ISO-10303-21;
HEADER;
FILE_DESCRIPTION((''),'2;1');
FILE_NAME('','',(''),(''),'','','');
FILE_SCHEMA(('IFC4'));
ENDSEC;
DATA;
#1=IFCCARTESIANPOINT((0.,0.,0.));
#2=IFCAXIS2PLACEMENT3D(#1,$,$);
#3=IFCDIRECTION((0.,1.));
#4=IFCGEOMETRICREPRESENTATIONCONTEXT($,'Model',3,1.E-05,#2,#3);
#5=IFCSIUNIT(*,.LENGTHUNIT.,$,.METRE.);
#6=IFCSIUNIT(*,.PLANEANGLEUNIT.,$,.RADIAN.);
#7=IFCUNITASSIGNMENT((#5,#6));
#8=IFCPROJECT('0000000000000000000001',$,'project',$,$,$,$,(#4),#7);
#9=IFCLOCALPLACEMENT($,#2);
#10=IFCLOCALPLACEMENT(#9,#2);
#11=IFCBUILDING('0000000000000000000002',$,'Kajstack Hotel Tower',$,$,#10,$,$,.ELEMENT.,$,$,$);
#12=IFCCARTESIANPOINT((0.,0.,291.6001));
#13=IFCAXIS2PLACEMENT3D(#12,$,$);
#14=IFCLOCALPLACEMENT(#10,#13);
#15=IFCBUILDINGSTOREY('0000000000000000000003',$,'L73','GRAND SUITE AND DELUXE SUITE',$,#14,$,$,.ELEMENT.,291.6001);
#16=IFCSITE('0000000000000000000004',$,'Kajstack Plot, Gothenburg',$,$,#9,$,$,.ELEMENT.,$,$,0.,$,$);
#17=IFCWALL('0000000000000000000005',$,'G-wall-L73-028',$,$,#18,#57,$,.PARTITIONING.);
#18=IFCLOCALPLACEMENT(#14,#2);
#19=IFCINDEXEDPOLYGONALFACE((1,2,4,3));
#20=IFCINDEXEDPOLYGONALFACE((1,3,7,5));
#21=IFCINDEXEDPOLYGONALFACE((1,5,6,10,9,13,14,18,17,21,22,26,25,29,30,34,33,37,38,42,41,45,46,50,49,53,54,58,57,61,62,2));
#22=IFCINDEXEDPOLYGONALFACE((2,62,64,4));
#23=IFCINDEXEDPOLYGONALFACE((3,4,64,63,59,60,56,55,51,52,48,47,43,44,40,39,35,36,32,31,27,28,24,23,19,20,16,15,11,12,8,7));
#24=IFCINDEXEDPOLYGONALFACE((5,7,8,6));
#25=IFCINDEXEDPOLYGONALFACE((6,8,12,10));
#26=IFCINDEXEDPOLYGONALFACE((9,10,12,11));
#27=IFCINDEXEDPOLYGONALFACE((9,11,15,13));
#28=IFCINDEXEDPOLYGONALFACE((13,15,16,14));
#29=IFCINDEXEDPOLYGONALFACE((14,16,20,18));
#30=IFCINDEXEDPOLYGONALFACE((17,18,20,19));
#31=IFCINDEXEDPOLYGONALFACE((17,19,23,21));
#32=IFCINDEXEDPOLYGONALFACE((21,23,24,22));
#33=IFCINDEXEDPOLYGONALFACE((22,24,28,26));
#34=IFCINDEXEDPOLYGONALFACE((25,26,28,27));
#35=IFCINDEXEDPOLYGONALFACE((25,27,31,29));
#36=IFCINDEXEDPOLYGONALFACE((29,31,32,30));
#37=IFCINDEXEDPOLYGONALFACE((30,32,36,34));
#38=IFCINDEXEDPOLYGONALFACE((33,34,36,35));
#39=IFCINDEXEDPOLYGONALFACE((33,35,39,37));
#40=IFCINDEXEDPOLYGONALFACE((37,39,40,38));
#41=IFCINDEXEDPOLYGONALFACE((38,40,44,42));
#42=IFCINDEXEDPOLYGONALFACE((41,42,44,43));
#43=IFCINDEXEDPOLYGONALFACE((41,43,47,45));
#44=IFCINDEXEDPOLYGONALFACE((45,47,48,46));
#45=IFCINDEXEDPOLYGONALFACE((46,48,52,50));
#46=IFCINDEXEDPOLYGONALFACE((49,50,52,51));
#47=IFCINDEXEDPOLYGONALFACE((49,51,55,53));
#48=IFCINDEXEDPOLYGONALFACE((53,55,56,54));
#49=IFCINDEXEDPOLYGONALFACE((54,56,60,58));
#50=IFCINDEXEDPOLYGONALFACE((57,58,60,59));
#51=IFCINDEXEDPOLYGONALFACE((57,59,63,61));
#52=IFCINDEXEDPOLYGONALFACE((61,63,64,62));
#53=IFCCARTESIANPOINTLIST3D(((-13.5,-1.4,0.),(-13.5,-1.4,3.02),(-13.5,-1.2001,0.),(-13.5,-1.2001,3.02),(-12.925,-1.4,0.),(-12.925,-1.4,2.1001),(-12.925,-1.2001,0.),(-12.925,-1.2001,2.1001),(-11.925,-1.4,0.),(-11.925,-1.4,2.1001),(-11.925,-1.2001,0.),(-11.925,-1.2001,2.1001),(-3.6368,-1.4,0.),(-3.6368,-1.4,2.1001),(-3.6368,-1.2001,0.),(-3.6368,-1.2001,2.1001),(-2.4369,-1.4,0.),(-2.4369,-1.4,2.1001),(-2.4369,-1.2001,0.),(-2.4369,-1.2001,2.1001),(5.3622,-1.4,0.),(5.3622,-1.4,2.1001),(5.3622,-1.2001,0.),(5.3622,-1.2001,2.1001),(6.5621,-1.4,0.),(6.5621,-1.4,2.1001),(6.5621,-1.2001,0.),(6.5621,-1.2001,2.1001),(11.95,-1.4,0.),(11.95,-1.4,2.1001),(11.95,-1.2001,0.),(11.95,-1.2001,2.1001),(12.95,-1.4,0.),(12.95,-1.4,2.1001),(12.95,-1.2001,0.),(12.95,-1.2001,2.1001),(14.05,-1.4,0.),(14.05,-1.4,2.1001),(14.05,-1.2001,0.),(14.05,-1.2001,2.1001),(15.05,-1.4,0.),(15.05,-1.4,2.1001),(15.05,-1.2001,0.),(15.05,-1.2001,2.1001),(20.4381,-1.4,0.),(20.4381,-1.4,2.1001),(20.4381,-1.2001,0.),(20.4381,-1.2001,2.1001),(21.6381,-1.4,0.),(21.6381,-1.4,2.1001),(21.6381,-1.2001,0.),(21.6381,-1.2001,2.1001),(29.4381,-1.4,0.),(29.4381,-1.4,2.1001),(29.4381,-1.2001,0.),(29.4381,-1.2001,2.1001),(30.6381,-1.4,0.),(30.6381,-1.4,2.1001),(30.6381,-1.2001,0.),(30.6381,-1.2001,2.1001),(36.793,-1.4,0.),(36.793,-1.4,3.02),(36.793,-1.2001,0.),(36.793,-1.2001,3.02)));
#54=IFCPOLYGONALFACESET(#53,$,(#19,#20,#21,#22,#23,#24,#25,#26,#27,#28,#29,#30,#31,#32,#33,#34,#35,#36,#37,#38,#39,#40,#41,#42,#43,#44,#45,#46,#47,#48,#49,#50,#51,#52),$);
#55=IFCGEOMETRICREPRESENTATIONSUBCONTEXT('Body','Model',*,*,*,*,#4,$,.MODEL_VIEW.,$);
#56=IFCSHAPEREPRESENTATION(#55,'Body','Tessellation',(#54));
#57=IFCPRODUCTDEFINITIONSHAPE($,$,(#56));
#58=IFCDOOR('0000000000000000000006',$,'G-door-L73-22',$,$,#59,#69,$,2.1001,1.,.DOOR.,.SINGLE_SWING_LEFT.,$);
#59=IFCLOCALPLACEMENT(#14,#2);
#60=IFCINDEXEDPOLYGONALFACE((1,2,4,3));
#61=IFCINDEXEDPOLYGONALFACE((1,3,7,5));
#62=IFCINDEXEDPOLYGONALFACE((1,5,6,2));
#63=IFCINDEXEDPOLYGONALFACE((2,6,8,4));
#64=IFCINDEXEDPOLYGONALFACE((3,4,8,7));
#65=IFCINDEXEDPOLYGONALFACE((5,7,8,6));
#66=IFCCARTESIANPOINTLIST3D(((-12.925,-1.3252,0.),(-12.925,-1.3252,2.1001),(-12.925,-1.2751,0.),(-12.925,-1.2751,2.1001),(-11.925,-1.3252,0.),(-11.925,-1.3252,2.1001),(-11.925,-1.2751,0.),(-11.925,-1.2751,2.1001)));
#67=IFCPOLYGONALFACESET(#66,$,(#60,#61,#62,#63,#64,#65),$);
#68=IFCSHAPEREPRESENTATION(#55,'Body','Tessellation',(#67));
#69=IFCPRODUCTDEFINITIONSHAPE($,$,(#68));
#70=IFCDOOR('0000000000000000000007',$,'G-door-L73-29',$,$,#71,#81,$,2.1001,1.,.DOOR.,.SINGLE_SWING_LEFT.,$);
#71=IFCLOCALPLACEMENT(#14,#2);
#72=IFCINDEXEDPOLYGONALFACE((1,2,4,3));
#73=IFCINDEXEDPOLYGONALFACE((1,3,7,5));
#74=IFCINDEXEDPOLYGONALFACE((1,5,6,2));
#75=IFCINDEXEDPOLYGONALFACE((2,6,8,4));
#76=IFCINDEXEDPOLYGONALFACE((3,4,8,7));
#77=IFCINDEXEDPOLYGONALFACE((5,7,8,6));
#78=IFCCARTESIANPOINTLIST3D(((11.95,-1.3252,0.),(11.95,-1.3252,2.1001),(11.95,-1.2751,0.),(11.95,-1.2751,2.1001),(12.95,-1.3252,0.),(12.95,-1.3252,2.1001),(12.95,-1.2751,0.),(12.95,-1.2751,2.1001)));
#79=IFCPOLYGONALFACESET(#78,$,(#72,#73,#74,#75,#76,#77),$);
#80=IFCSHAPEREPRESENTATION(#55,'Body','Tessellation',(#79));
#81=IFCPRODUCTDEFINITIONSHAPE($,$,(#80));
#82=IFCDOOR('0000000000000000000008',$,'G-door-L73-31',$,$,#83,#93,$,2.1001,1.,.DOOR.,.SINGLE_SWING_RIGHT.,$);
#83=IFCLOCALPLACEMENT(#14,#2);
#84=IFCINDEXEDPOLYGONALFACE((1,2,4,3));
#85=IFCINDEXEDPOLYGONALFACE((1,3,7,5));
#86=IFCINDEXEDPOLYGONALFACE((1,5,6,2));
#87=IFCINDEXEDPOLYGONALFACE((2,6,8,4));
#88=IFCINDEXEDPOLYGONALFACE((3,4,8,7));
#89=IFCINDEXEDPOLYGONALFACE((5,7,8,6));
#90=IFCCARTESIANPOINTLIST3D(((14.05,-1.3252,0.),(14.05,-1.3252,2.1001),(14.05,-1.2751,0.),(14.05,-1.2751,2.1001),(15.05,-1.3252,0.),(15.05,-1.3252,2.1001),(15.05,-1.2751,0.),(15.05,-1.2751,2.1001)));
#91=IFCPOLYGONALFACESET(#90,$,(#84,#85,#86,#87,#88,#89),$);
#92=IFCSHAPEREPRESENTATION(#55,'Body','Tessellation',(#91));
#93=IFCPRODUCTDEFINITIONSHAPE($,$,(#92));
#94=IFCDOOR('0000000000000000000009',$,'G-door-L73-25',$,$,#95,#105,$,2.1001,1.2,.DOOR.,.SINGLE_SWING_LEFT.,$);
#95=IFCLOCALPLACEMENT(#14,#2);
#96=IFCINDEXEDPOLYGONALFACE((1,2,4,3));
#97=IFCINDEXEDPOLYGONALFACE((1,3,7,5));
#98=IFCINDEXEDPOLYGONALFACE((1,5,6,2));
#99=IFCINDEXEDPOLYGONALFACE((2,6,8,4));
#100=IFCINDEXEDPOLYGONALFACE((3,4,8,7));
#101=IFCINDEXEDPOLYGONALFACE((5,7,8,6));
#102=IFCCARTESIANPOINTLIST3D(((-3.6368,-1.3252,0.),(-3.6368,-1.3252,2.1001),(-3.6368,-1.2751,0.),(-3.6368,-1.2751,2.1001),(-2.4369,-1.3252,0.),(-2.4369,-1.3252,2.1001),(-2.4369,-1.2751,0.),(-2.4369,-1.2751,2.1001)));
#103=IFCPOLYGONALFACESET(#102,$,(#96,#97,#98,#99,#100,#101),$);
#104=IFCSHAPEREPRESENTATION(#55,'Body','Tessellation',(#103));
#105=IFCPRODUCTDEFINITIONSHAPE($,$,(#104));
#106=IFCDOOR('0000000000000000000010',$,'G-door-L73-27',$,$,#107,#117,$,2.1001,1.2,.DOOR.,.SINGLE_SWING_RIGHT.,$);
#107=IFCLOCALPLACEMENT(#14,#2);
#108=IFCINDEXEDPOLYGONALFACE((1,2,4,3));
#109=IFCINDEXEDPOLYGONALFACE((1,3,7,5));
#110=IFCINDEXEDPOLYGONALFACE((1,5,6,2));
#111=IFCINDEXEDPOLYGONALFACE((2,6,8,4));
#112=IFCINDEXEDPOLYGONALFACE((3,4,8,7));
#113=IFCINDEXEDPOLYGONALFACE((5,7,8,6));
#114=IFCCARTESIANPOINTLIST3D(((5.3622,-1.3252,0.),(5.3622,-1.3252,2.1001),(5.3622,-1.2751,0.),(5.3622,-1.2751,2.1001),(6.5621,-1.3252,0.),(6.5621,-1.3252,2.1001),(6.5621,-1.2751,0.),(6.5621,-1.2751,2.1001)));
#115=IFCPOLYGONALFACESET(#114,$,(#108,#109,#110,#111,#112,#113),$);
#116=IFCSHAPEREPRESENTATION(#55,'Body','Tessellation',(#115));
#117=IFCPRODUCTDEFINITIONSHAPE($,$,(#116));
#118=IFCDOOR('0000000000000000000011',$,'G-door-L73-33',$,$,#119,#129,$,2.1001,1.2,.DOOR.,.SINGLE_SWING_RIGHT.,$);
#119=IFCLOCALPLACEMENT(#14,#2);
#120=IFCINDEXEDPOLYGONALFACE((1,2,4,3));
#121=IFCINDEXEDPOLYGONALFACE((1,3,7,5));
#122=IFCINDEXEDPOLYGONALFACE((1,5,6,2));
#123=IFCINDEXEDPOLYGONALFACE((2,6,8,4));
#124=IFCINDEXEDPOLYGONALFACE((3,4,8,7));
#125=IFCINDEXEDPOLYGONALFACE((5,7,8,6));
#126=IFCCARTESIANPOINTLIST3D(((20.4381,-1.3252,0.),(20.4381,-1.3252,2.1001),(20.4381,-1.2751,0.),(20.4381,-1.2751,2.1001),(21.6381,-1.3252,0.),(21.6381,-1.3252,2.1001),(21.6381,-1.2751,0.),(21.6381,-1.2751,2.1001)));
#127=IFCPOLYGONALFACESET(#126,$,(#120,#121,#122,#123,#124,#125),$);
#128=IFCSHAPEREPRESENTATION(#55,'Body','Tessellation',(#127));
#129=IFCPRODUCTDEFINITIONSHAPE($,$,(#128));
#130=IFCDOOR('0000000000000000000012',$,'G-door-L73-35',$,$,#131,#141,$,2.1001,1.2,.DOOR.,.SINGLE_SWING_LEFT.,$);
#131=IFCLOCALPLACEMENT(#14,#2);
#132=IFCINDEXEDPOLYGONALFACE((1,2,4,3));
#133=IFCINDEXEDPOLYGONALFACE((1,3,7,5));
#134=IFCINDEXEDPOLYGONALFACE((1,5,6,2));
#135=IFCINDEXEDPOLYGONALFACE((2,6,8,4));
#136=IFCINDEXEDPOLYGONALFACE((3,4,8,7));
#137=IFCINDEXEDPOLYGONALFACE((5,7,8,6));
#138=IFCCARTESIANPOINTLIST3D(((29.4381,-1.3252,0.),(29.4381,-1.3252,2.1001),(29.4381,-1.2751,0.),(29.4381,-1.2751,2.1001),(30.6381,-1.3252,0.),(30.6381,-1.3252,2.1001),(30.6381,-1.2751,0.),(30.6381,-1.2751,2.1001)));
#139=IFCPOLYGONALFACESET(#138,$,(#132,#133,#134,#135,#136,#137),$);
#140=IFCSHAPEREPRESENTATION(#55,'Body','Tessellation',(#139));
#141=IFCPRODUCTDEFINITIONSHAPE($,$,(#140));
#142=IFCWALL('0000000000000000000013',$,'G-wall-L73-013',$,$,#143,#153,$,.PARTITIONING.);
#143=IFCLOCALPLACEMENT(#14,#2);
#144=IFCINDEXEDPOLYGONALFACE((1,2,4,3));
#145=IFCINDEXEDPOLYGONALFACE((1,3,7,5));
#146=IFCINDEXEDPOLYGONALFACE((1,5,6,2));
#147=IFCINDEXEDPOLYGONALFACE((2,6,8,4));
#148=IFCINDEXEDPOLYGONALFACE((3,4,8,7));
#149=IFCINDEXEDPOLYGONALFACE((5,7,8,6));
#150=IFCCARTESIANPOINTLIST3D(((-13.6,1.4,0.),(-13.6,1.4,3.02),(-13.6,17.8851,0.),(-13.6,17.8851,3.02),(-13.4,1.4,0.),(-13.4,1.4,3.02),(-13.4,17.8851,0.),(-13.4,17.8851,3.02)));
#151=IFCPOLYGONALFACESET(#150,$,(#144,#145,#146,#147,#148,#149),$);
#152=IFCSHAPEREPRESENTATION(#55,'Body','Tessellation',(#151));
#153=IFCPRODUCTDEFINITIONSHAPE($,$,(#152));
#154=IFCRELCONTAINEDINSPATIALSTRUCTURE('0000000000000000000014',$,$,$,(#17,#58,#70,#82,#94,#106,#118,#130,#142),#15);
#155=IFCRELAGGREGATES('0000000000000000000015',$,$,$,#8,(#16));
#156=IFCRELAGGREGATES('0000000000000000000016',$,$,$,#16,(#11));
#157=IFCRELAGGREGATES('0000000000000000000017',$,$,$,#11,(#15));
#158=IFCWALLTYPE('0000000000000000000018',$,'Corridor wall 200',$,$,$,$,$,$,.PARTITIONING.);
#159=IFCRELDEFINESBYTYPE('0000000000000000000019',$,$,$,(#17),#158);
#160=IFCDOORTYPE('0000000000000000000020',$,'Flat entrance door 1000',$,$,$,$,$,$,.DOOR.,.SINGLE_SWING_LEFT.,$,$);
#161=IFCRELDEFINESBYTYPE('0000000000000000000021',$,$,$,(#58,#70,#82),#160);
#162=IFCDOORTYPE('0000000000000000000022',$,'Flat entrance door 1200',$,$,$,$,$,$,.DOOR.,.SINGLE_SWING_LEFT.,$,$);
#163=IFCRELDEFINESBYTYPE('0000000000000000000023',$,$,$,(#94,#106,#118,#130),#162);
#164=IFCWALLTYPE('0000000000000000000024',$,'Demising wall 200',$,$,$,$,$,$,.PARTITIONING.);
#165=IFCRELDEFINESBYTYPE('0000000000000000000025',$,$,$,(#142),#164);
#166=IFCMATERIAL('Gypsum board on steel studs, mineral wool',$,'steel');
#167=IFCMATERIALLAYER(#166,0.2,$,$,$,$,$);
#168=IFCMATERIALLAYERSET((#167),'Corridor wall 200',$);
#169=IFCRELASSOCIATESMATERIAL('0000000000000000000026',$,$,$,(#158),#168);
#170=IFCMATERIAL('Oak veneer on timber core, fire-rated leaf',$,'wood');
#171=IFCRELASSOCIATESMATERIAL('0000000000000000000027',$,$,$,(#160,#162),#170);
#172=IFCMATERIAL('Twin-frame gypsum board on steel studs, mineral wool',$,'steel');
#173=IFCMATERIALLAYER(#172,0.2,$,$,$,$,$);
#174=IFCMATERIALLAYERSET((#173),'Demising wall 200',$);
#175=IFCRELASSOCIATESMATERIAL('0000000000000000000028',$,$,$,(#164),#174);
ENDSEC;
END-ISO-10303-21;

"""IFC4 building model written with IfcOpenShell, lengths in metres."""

from ifc_helpers import new_model, si_unit, direction, frame, frame_2d, origin, place, context, subcontext, project, spatial, rectangle, extrude, material, layer, layer_set, type_object, element, fill, save


model = new_model("IFC4")

# Units and contexts
model_context = context("Model", 3, precision=1e-05, world=origin(), true_north=direction((0.0, 1.0)))
body_context = subcontext(model_context, "Body", "Model", "MODEL_VIEW")
ifc_project = project(units=[si_unit("LENGTHUNIT", "METRE"), si_unit("PLANEANGLEUNIT", "RADIAN")], contexts=[model_context])

# Site, building, storey
site_placement = place(None, origin())
site = spatial("IfcSite", under=ifc_project, at=site_placement, Name="Kajstack Plot, Gothenburg", CompositionType="ELEMENT", RefElevation=0.0)
building_placement = place(site_placement, origin())
building = spatial("IfcBuilding", under=site, at=building_placement, Name="Kajstack Hotel Tower", CompositionType="ELEMENT")
storey_placement = place(building_placement, frame((0.0, 0.0, 291.6001)))
storey = spatial("IfcBuildingStorey", under=building, at=storey_placement, Name="L73", Description="GRAND SUITE AND DELUXE SUITE", CompositionType="ELEMENT", Elevation=291.6001)

# Wall, openings, doors
ifc_material_1 = material(Name="Gypsum board on steel studs, mineral wool", Category="steel")
ifc_layer_1 = layer(ifc_material_1, 0.2)
ifc_layer_set_1 = layer_set([ifc_layer_1], Name="Corridor wall 200")
wall_type_1 = type_object("IfcWallType", Name="Corridor wall 200", PredefinedType="PARTITIONING", material=ifc_layer_set_1)
wall_1_placement = place(storey_placement, frame((-13.5, -1.3, 0.0), z_axis=(0.0, 0.0, 1.0), x_axis=(1.0, 0.0, 0.0)))
wall_1 = element("IfcWall", 1, at=wall_1_placement, inside=storey, type_object=wall_type_1, Name="G-wall-L73-028", PredefinedType="PARTITIONING", context=body_context, shape_type="SweptSolid", body=[
    extrude(rectangle(XDim=50.293, YDim=0.2, at=frame_2d((25.1465, 0.0))), origin(), (0.0, 0.0, 1.0), 3.02),
])
opening_1_placement = place(wall_1_placement, frame((0.575, 0.0, 0.0)))
opening_1 = element("IfcOpeningElement", 2, at=opening_1_placement, cuts=wall_1, PredefinedType="OPENING", context=body_context, shape_type="SweptSolid", body=[
    extrude(rectangle(XDim=1.0, YDim=2.1001, at=frame_2d((0.5, 1.05))), frame((0.0, 0.1099, 0.0), z_axis=(0.0, -1.0, 0.0), x_axis=(1.0, 0.0, 0.0)), (0.0, 0.0, 1.0), 0.22),
])
opening_2_placement = place(wall_1_placement, frame((9.863, 0.0, 0.0)))
opening_2 = element("IfcOpeningElement", 3, at=opening_2_placement, cuts=wall_1, PredefinedType="OPENING", context=body_context, shape_type="SweptSolid", body=[
    extrude(rectangle(XDim=1.2, YDim=2.1001, at=frame_2d((0.6001, 1.05))), frame((0.0, 0.1099, 0.0), z_axis=(0.0, -1.0, 0.0), x_axis=(1.0, 0.0, 0.0)), (0.0, 0.0, 1.0), 0.22),
])
opening_3_placement = place(wall_1_placement, frame((18.8621, 0.0, 0.0)))
opening_3 = element("IfcOpeningElement", 4, at=opening_3_placement, cuts=wall_1, PredefinedType="OPENING", context=body_context, shape_type="SweptSolid", body=[
    extrude(rectangle(XDim=1.2, YDim=2.1001, at=frame_2d((0.6001, 1.05))), frame((0.0, 0.1099, 0.0), z_axis=(0.0, -1.0, 0.0), x_axis=(1.0, 0.0, 0.0)), (0.0, 0.0, 1.0), 0.22),
])
opening_4_placement = place(wall_1_placement, frame((25.45, 0.0, 0.0)))
opening_4 = element("IfcOpeningElement", 5, at=opening_4_placement, cuts=wall_1, PredefinedType="OPENING", context=body_context, shape_type="SweptSolid", body=[
    extrude(rectangle(XDim=1.0, YDim=2.1001, at=frame_2d((0.5, 1.05))), frame((0.0, 0.1099, 0.0), z_axis=(0.0, -1.0, 0.0), x_axis=(1.0, 0.0, 0.0)), (0.0, 0.0, 1.0), 0.22),
])
opening_5_placement = place(wall_1_placement, frame((27.55, 0.0, 0.0)))
opening_5 = element("IfcOpeningElement", 6, at=opening_5_placement, cuts=wall_1, PredefinedType="OPENING", context=body_context, shape_type="SweptSolid", body=[
    extrude(rectangle(XDim=1.0, YDim=2.1001, at=frame_2d((0.5, 1.05))), frame((0.0, 0.1099, 0.0), z_axis=(0.0, -1.0, 0.0), x_axis=(1.0, 0.0, 0.0)), (0.0, 0.0, 1.0), 0.22),
])
opening_6_placement = place(wall_1_placement, frame((33.938, 0.0, 0.0)))
opening_6 = element("IfcOpeningElement", 7, at=opening_6_placement, cuts=wall_1, PredefinedType="OPENING", context=body_context, shape_type="SweptSolid", body=[
    extrude(rectangle(XDim=1.2, YDim=2.1001, at=frame_2d((0.6001, 1.05))), frame((0.0, 0.1099, 0.0), z_axis=(0.0, -1.0, 0.0), x_axis=(1.0, 0.0, 0.0)), (0.0, 0.0, 1.0), 0.22),
])
opening_7_placement = place(wall_1_placement, frame((42.938, 0.0, 0.0)))
opening_7 = element("IfcOpeningElement", 8, at=opening_7_placement, cuts=wall_1, PredefinedType="OPENING", context=body_context, shape_type="SweptSolid", body=[
    extrude(rectangle(XDim=1.2, YDim=2.1001, at=frame_2d((0.6001, 1.05))), frame((0.0, 0.1099, 0.0), z_axis=(0.0, -1.0, 0.0), x_axis=(1.0, 0.0, 0.0)), (0.0, 0.0, 1.0), 0.22),
])
ifc_material_2 = material(Name="Oak veneer on timber core, fire-rated leaf", Category="wood")
door_type_1 = type_object("IfcDoorType", Name="Flat entrance door 1000", OperationType="SINGLE_SWING_LEFT", PredefinedType="DOOR", material=ifc_material_2)
door_1_placement = place(opening_1_placement, origin())
door_1 = element("IfcDoor", 9, at=door_1_placement, inside=storey, type_object=door_type_1, Name="G-door-L73-22", OperationType="SINGLE_SWING_LEFT", OverallHeight=2.1001, OverallWidth=1.0, PredefinedType="DOOR", context=body_context, shape_type="SweptSolid", body=[
    extrude(rectangle(XDim=1.0, YDim=2.1001, at=frame_2d((0.5, 1.05))), frame((0.0, 0.0249, 0.0), z_axis=(0.0, -1.0, 0.0), x_axis=(1.0, 0.0, 0.0)), (0.0, 0.0, 1.0), 0.05),
])
fill(opening_1, door_1)
door_2_placement = place(opening_4_placement, origin())
door_2 = element("IfcDoor", 10, at=door_2_placement, inside=storey, type_object=door_type_1, Name="G-door-L73-29", OperationType="SINGLE_SWING_LEFT", OverallHeight=2.1001, OverallWidth=1.0, PredefinedType="DOOR", context=body_context, shape_type="SweptSolid", body=[
    extrude(rectangle(XDim=1.0, YDim=2.1001, at=frame_2d((0.5, 1.05))), frame((0.0, 0.0249, 0.0), z_axis=(0.0, -1.0, 0.0), x_axis=(1.0, 0.0, 0.0)), (0.0, 0.0, 1.0), 0.05),
])
fill(opening_4, door_2)
door_3_placement = place(opening_5_placement, origin())
door_3 = element("IfcDoor", 11, at=door_3_placement, inside=storey, type_object=door_type_1, Name="G-door-L73-31", OperationType="SINGLE_SWING_RIGHT", OverallHeight=2.1001, OverallWidth=1.0, PredefinedType="DOOR", context=body_context, shape_type="SweptSolid", body=[
    extrude(rectangle(XDim=1.0, YDim=2.1001, at=frame_2d((0.5, 1.05))), frame((0.0, 0.0249, 0.0), z_axis=(0.0, -1.0, 0.0), x_axis=(1.0, 0.0, 0.0)), (0.0, 0.0, 1.0), 0.05),
])
fill(opening_5, door_3)
door_type_2 = type_object("IfcDoorType", Name="Flat entrance door 1200", OperationType="SINGLE_SWING_LEFT", PredefinedType="DOOR", material=ifc_material_2)
door_4_placement = place(opening_2_placement, origin())
door_4 = element("IfcDoor", 12, at=door_4_placement, inside=storey, type_object=door_type_2, Name="G-door-L73-25", OperationType="SINGLE_SWING_LEFT", OverallHeight=2.1001, OverallWidth=1.2, PredefinedType="DOOR", context=body_context, shape_type="SweptSolid", body=[
    extrude(rectangle(XDim=1.2, YDim=2.1001, at=frame_2d((0.6001, 1.05))), frame((0.0, 0.0249, 0.0), z_axis=(0.0, -1.0, 0.0), x_axis=(1.0, 0.0, 0.0)), (0.0, 0.0, 1.0), 0.05),
])
fill(opening_2, door_4)
door_5_placement = place(opening_3_placement, origin())
door_5 = element("IfcDoor", 13, at=door_5_placement, inside=storey, type_object=door_type_2, Name="G-door-L73-27", OperationType="SINGLE_SWING_RIGHT", OverallHeight=2.1001, OverallWidth=1.2, PredefinedType="DOOR", context=body_context, shape_type="SweptSolid", body=[
    extrude(rectangle(XDim=1.2, YDim=2.1001, at=frame_2d((0.6001, 1.05))), frame((0.0, 0.0249, 0.0), z_axis=(0.0, -1.0, 0.0), x_axis=(1.0, 0.0, 0.0)), (0.0, 0.0, 1.0), 0.05),
])
fill(opening_3, door_5)
door_6_placement = place(opening_6_placement, origin())
door_6 = element("IfcDoor", 14, at=door_6_placement, inside=storey, type_object=door_type_2, Name="G-door-L73-33", OperationType="SINGLE_SWING_RIGHT", OverallHeight=2.1001, OverallWidth=1.2, PredefinedType="DOOR", context=body_context, shape_type="SweptSolid", body=[
    extrude(rectangle(XDim=1.2, YDim=2.1001, at=frame_2d((0.6001, 1.05))), frame((0.0, 0.0249, 0.0), z_axis=(0.0, -1.0, 0.0), x_axis=(1.0, 0.0, 0.0)), (0.0, 0.0, 1.0), 0.05),
])
fill(opening_6, door_6)
door_7_placement = place(opening_7_placement, origin())
door_7 = element("IfcDoor", 15, at=door_7_placement, inside=storey, type_object=door_type_2, Name="G-door-L73-35", OperationType="SINGLE_SWING_LEFT", OverallHeight=2.1001, OverallWidth=1.2, PredefinedType="DOOR", context=body_context, shape_type="SweptSolid", body=[
    extrude(rectangle(XDim=1.2, YDim=2.1001, at=frame_2d((0.6001, 1.05))), frame((0.0, 0.0249, 0.0), z_axis=(0.0, -1.0, 0.0), x_axis=(1.0, 0.0, 0.0)), (0.0, 0.0, 1.0), 0.05),
])
fill(opening_7, door_7)

# Wall
ifc_material_3 = material(Name="Twin-frame gypsum board on steel studs, mineral wool", Category="steel")
ifc_layer_2 = layer(ifc_material_3, 0.2)
ifc_layer_set_2 = layer_set([ifc_layer_2], Name="Demising wall 200")
wall_type_2 = type_object("IfcWallType", Name="Demising wall 200", PredefinedType="PARTITIONING", material=ifc_layer_set_2)
wall_2_placement = place(storey_placement, frame((-13.5, 1.3999, 0.0), z_axis=(0.0, 0.0, 1.0), x_axis=(0.0, 1.0, 0.0)))
element("IfcWall", 16, at=wall_2_placement, inside=storey, type_object=wall_type_2, Name="G-wall-L73-013", PredefinedType="PARTITIONING", context=body_context, shape_type="SweptSolid", body=[
    extrude(rectangle(XDim=16.4851, YDim=0.2, at=frame_2d((8.2427, 0.0))), origin(), (0.0, 0.0, 1.0), 3.02),
])

save(model, "model.ifc")
